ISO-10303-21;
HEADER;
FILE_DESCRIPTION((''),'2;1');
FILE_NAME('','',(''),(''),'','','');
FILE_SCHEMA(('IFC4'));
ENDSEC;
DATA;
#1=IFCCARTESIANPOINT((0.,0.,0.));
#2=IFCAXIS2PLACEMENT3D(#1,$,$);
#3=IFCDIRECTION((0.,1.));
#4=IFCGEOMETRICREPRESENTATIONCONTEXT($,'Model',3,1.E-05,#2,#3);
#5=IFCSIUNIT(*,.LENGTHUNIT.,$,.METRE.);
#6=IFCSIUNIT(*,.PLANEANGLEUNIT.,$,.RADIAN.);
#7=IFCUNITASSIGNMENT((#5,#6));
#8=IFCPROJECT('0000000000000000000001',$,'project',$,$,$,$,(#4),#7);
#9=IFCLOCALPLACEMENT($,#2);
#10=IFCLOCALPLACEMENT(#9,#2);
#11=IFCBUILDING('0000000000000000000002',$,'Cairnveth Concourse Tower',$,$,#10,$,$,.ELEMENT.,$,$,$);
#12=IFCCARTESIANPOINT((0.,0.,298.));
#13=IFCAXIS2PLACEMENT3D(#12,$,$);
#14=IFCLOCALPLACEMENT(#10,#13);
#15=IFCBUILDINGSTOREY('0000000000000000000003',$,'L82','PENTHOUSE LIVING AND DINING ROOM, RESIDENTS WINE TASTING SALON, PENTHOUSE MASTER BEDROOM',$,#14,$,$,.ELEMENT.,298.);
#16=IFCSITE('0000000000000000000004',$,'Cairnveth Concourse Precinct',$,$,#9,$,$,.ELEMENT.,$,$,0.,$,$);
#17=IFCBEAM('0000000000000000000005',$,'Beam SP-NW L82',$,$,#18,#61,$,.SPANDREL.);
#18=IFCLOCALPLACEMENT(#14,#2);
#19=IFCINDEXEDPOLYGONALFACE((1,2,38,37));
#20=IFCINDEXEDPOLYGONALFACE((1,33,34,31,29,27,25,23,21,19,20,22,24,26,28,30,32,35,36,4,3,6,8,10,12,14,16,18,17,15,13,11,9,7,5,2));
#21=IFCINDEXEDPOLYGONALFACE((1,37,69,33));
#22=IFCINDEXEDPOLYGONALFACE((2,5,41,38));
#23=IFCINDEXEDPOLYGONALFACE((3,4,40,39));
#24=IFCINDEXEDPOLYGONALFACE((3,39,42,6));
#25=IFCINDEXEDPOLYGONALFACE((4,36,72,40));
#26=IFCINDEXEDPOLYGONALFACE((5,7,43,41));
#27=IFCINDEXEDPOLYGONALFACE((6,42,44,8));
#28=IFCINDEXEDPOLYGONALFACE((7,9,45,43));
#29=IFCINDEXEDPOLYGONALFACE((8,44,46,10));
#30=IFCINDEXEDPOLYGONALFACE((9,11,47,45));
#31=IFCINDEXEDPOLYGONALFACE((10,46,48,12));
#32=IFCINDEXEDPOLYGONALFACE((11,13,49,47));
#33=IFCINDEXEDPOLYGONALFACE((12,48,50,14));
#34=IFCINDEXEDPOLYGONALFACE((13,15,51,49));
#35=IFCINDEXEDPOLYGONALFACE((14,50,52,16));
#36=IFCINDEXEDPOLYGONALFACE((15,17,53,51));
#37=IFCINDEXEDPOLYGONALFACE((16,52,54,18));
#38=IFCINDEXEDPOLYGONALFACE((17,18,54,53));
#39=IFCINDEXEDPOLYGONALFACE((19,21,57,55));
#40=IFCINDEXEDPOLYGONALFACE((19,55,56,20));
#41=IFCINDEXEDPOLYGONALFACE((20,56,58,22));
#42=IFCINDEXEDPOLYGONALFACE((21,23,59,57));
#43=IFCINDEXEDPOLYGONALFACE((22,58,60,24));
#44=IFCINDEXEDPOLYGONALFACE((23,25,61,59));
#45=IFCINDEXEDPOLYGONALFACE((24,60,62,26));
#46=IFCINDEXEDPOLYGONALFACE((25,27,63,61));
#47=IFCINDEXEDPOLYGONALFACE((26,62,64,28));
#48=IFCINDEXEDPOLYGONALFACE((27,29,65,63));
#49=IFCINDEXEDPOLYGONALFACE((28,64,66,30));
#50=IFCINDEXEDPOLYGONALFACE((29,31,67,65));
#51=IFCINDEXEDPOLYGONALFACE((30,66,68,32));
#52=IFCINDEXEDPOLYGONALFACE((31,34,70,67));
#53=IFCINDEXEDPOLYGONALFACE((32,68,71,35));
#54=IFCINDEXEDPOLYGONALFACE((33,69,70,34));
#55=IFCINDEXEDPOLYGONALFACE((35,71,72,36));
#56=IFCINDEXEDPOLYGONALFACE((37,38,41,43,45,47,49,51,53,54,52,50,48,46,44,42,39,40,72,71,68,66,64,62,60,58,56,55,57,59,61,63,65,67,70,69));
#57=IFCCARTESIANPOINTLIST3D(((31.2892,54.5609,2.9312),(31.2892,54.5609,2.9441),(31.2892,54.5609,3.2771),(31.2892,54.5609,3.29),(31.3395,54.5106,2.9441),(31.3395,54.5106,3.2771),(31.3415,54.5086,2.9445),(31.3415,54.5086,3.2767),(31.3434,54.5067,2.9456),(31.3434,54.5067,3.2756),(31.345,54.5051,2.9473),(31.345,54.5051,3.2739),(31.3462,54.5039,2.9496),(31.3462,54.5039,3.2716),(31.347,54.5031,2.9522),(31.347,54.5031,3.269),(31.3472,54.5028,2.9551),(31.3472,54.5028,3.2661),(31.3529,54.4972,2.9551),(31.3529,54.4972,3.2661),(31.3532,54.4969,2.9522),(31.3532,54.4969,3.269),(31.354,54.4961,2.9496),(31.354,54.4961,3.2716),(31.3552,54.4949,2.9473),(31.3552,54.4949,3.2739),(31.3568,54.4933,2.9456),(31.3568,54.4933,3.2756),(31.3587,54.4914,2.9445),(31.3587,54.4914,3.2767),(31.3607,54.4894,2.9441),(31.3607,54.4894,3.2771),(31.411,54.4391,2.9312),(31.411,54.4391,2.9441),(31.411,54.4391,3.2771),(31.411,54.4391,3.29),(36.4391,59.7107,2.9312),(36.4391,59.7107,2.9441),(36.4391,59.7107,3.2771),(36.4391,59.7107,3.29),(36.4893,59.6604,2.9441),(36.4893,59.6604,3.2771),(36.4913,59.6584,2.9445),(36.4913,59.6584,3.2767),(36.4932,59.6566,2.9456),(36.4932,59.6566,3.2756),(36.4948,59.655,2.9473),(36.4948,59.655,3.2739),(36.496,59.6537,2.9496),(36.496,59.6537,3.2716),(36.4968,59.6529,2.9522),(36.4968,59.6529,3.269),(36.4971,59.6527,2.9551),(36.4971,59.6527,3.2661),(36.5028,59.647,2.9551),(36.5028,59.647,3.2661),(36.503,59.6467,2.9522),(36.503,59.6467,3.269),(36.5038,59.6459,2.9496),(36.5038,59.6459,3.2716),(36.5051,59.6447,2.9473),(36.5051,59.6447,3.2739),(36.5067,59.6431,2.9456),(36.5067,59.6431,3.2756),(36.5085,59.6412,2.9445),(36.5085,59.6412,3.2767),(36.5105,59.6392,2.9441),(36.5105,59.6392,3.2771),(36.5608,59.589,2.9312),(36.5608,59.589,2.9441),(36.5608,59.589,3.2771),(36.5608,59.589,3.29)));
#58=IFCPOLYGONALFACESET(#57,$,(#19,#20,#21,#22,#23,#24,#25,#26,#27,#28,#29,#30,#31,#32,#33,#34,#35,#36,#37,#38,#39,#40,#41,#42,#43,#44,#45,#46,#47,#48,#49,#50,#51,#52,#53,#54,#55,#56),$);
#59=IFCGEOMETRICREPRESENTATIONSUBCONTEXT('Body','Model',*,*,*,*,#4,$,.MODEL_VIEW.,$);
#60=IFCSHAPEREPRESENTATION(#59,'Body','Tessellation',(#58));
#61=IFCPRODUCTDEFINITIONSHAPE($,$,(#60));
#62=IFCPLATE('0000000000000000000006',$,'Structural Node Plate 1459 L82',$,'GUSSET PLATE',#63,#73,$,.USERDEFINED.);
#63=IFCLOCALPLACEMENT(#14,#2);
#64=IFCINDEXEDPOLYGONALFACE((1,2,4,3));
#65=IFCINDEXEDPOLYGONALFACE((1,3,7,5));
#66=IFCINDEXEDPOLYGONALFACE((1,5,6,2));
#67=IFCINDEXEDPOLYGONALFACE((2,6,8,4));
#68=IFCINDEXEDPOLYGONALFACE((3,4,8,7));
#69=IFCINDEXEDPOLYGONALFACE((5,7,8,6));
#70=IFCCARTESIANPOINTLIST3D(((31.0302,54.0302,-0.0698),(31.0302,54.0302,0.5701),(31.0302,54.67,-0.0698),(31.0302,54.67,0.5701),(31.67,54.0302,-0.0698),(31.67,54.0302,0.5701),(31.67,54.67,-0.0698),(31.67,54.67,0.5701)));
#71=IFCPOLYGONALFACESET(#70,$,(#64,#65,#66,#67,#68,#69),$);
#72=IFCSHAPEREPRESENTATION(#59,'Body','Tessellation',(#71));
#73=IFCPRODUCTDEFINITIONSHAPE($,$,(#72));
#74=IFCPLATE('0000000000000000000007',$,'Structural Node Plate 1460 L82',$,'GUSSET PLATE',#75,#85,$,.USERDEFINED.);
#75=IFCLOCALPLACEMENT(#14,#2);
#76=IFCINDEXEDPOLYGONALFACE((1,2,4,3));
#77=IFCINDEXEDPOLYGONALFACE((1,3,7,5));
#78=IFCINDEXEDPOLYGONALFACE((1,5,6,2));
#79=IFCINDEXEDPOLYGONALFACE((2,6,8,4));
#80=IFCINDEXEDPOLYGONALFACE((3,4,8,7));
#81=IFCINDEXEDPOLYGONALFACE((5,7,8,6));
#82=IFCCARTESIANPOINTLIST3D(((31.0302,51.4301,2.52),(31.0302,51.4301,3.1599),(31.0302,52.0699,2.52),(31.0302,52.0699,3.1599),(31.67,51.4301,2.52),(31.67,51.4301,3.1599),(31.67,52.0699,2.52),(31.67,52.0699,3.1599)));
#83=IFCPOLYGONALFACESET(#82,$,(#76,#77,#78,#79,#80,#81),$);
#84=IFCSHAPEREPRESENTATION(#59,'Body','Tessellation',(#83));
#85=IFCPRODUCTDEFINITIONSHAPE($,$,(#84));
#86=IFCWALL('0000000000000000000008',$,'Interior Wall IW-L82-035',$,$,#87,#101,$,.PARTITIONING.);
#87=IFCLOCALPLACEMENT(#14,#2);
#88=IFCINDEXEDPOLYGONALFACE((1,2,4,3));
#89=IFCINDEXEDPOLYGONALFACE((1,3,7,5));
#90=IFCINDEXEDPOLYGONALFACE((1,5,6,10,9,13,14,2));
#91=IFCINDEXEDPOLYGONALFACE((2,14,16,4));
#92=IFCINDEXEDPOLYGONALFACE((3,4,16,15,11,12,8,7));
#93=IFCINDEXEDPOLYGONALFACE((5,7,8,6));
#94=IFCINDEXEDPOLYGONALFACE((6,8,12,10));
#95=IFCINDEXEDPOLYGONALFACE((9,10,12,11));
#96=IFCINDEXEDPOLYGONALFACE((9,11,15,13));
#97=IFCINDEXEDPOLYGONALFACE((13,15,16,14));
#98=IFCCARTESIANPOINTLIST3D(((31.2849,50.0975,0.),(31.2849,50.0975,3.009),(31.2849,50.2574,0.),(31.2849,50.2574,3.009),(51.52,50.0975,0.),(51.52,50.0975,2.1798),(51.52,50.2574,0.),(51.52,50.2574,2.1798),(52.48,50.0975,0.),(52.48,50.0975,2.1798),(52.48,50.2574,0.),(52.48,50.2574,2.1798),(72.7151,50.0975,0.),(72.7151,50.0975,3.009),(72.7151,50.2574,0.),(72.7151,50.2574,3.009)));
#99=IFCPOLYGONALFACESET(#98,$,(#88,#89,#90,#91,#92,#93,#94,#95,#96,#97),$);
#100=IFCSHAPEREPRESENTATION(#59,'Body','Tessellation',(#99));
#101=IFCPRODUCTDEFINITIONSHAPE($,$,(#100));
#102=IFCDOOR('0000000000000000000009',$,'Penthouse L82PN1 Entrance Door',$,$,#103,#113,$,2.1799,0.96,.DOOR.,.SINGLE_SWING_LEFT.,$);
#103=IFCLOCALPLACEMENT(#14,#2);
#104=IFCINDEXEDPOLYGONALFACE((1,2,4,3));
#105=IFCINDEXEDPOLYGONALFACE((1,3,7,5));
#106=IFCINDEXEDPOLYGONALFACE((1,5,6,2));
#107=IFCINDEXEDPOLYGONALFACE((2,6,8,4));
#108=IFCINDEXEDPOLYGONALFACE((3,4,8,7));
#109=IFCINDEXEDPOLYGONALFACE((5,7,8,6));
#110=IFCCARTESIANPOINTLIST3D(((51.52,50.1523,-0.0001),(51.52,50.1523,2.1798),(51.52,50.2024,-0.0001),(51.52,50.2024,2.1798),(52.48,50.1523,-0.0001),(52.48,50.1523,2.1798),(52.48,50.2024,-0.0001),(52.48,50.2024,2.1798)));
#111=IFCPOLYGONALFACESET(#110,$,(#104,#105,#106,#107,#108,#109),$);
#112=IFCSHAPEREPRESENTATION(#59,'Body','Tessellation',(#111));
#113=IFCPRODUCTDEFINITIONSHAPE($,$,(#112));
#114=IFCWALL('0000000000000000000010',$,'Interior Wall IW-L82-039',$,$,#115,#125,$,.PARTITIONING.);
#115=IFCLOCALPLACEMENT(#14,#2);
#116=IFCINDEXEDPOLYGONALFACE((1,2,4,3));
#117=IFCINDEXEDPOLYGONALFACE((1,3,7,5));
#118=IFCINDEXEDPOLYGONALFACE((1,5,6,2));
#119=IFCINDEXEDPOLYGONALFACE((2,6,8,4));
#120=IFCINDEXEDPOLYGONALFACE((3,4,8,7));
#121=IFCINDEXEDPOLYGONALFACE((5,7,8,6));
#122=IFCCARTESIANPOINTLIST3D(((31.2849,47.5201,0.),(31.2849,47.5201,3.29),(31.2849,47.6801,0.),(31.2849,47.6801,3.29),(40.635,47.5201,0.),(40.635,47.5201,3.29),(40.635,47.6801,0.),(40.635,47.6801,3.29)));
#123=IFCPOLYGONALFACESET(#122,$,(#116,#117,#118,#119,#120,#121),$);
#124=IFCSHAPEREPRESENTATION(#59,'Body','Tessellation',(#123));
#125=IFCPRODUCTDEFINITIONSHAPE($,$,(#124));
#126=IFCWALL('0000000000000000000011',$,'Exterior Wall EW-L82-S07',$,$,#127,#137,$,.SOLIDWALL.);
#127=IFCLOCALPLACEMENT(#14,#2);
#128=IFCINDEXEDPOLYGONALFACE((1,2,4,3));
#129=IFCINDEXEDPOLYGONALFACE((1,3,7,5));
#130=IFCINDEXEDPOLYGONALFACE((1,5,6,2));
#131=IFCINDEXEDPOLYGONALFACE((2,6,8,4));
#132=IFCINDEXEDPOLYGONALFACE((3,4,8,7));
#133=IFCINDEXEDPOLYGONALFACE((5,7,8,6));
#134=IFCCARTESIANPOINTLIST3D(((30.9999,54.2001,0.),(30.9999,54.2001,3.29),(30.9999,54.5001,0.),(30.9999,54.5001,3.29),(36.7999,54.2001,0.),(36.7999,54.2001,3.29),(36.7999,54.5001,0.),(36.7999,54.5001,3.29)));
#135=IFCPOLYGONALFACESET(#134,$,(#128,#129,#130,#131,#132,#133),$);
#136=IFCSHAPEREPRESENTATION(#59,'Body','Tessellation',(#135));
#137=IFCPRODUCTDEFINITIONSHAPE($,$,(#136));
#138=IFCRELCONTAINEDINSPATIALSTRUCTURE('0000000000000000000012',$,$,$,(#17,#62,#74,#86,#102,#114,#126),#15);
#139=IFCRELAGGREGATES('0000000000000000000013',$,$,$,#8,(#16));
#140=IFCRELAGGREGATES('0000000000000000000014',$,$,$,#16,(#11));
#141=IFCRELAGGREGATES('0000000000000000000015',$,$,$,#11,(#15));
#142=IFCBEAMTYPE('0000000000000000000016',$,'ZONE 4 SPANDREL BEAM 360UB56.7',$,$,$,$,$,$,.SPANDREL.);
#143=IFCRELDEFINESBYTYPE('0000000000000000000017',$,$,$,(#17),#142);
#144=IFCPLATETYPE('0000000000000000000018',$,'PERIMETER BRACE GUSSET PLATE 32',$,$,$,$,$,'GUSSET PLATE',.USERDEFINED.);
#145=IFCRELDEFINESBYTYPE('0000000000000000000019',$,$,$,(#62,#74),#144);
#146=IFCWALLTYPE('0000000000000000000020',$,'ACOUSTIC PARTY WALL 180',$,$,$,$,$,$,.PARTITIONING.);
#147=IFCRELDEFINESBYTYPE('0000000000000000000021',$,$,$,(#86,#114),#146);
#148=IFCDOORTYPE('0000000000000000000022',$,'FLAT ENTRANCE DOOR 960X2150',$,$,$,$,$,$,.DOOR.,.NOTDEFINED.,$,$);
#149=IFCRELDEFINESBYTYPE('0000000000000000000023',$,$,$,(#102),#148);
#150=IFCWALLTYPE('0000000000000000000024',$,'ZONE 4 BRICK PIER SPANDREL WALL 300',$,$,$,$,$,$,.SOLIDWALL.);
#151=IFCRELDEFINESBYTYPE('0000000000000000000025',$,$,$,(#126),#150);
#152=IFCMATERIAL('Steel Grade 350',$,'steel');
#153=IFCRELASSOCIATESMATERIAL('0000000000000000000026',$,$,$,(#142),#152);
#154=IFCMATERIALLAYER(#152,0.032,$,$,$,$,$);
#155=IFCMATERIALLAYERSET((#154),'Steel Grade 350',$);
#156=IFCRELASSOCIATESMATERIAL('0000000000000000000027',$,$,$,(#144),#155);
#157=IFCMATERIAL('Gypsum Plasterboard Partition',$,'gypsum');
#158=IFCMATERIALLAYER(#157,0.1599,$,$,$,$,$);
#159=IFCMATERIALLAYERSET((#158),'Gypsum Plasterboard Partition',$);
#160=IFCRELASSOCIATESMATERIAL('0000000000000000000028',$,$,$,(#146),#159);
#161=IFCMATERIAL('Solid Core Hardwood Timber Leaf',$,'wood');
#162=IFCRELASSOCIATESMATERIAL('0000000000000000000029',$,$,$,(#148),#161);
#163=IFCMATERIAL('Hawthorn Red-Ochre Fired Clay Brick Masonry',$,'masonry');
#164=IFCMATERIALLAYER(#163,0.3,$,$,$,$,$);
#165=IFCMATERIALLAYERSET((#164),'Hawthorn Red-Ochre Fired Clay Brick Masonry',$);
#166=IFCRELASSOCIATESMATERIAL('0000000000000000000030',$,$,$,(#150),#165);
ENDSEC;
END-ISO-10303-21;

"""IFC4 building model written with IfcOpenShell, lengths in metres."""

from ifc_helpers import new_model, si_unit, direction, frame, frame_2d, origin, origin_2d, place, context, subcontext, project, spatial, rectangle, i_section, extrude, material, layer, layer_set, material_profile, profile_set, type_object, element, fill, save


model = new_model("IFC4")

# Units and contexts
model_context = context("Model", 3, precision=1e-05, world=origin(), true_north=direction((0.0, 1.0)))
body_context = subcontext(model_context, "Body", "Model", "MODEL_VIEW")
ifc_project = project(units=[si_unit("LENGTHUNIT", "METRE"), si_unit("PLANEANGLEUNIT", "RADIAN")], contexts=[model_context])

# Site, building, storey
site_placement = place(None, origin())
site = spatial("IfcSite", under=ifc_project, at=site_placement, Name="Cairnveth Concourse Precinct", CompositionType="ELEMENT", RefElevation=0.0)
building_placement = place(site_placement, origin())
building = spatial("IfcBuilding", under=site, at=building_placement, Name="Cairnveth Concourse Tower", CompositionType="ELEMENT")
storey_placement = place(building_placement, frame((0.0, 0.0, 298.0)))
storey = spatial("IfcBuildingStorey", under=building, at=storey_placement, Name="L82", Description="PENTHOUSE LIVING AND DINING ROOM, RESIDENTS WINE TASTING SALON, PENTHOUSE MASTER BEDROOM", CompositionType="ELEMENT", Elevation=298.0)

# Shared definitions
ifc_material_1 = material(Name="Steel Grade 350", Category="steel")

# Beam
ifc_material_profile_1 = material_profile(ifc_material_1, i_section(OverallWidth=0.1721, OverallDepth=0.3589, WebThickness=0.0081, FlangeThickness=0.0129, FilletRadius=0.011, at=origin_2d()), Name="360UB56.7")
ifc_profile_set_1 = profile_set([ifc_material_profile_1], Name="Steel Grade 350")
beam_type_1 = type_object("IfcBeamType", Name="ZONE 4 SPANDREL BEAM 360UB56.7", PredefinedType="SPANDREL", material=ifc_profile_set_1)
beam_1_placement = place(storey_placement, frame((31.3501, 54.5, 3.1106), z_axis=(0.707107, 0.707107, 0.0), x_axis=(-0.707107, 0.707107, 0.0)))
element("IfcBeam", 1, at=beam_1_placement, inside=storey, type_object=beam_type_1, Name="Beam SP-NW L82", PredefinedType="SPANDREL", context=body_context, shape_type="SweptSolid", body=[
    extrude(i_section(OverallWidth=0.1721, OverallDepth=0.3589, WebThickness=0.0081, FlangeThickness=0.0129, FilletRadius=0.011, at=origin_2d()), origin(), (0.0, 0.0, 1.0), 7.283),
])

# Plates
ifc_layer_1 = layer(ifc_material_1, 0.032)
ifc_layer_set_1 = layer_set([ifc_layer_1], Name="Steel Grade 350")
plate_type = type_object("IfcPlateType", Name="PERIMETER BRACE GUSSET PLATE 32", ElementType="GUSSET PLATE", PredefinedType="USERDEFINED", material=ifc_layer_set_1)
for number, where, z_axis, x_axis, name in (
    (2, (31.3501, 54.3501, -0.0698), (0.0, 0.0, 1.0), (1.0, 0.0, 0.0), "Structural Node Plate 1459 L82"),
    (3, (31.3501, 51.75, 2.52), (0.0, 0.0, 1.0), (1.0, 0.0, 0.0), "Structural Node Plate 1460 L82"),
):
    element("IfcPlate", number, at=place(storey_placement, frame(where, z_axis=z_axis, x_axis=x_axis)), inside=storey, type_object=plate_type, Name=name, ObjectType="GUSSET PLATE", PredefinedType="USERDEFINED", context=body_context, shape_type="SweptSolid", body=[
        extrude(rectangle(XDim=0.6399, YDim=0.6399, at=origin_2d()), origin(), (0.0, 0.0, 1.0), 0.6399),
    ])

# Wall, opening, door
ifc_material_2 = material(Name="Gypsum Plasterboard Partition", Category="gypsum")
ifc_layer_2 = layer(ifc_material_2, 0.1599)
ifc_layer_set_2 = layer_set([ifc_layer_2], Name="Gypsum Plasterboard Partition")
wall_type_1 = type_object("IfcWallType", Name="ACOUSTIC PARTY WALL 180", PredefinedType="PARTITIONING", material=ifc_layer_set_2)
wall_1_placement = place(storey_placement, frame((31.2849, 50.1775, 0.0), z_axis=(0.0, 0.0, 1.0), x_axis=(1.0, 0.0, 0.0)))
wall_1 = element("IfcWall", 4, at=wall_1_placement, inside=storey, type_object=wall_type_1, Name="Interior Wall IW-L82-035", PredefinedType="PARTITIONING", context=body_context, shape_type="SweptSolid", body=[
    extrude(rectangle(XDim=41.4302, YDim=0.1599, at=frame_2d((20.7151, 0.0))), origin(), (0.0, 0.0, 1.0), 3.009),
])
opening_1_placement = place(wall_1_placement, frame((20.2351, 0.0, 0.0)))
opening_1 = element("IfcOpeningElement", 5, at=opening_1_placement, cuts=wall_1, PredefinedType="OPENING", context=body_context, shape_type="SweptSolid", body=[
    extrude(rectangle(XDim=0.96, YDim=2.1799, at=frame_2d((0.48, 1.0898))), frame((0.0, 0.0898, 0.0), z_axis=(0.0, -1.0, 0.0), x_axis=(1.0, 0.0, 0.0)), (0.0, 0.0, 1.0), 0.1799),
])
ifc_material_3 = material(Name="Solid Core Hardwood Timber Leaf", Category="wood")
door_type = type_object("IfcDoorType", Name="FLAT ENTRANCE DOOR 960X2150", OperationType="NOTDEFINED", PredefinedType="DOOR", material=ifc_material_3)
door_placement = place(opening_1_placement, origin())
door = element("IfcDoor", 6, at=door_placement, inside=storey, type_object=door_type, Name="Penthouse L82PN1 Entrance Door", OperationType="SINGLE_SWING_LEFT", OverallHeight=2.1799, OverallWidth=0.96, PredefinedType="DOOR", context=body_context, shape_type="SweptSolid", body=[
    extrude(rectangle(XDim=0.96, YDim=2.1799, at=frame_2d((0.48, 1.0898))), frame((0.0, 0.0249, 0.0), z_axis=(0.0, -1.0, 0.0), x_axis=(1.0, 0.0, 0.0)), (0.0, 0.0, 1.0), 0.05),
])
fill(opening_1, door)

# Walls
wall_2_placement = place(storey_placement, frame((31.2849, 47.6001, 0.0), z_axis=(0.0, 0.0, 1.0), x_axis=(1.0, 0.0, 0.0)))
element("IfcWall", 7, at=wall_2_placement, inside=storey, type_object=wall_type_1, Name="Interior Wall IW-L82-039", PredefinedType="PARTITIONING", context=body_context, shape_type="SweptSolid", body=[
    extrude(rectangle(XDim=9.3501, YDim=0.1599, at=frame_2d((4.675, 0.0))), origin(), (0.0, 0.0, 1.0), 3.29),
])
ifc_material_4 = material(Name="Hawthorn Red-Ochre Fired Clay Brick Masonry", Category="masonry")
ifc_layer_3 = layer(ifc_material_4, 0.3)
ifc_layer_set_3 = layer_set([ifc_layer_3], Name="Hawthorn Red-Ochre Fired Clay Brick Masonry")
wall_type_2 = type_object("IfcWallType", Name="ZONE 4 BRICK PIER SPANDREL WALL 300", PredefinedType="SOLIDWALL", material=ifc_layer_set_3)
wall_3_placement = place(storey_placement, frame((31.0, 54.3501, 0.0), z_axis=(0.0, 0.0, 1.0), x_axis=(1.0, 0.0, 0.0)))
element("IfcWall", 8, at=wall_3_placement, inside=storey, type_object=wall_type_2, Name="Exterior Wall EW-L82-S07", PredefinedType="SOLIDWALL", context=body_context, shape_type="SweptSolid", body=[
    extrude(rectangle(XDim=5.8, YDim=0.3, at=frame_2d((2.8999, 0.0))), origin(), (0.0, 0.0, 1.0), 3.29),
])

save(model, "model.ifc")
